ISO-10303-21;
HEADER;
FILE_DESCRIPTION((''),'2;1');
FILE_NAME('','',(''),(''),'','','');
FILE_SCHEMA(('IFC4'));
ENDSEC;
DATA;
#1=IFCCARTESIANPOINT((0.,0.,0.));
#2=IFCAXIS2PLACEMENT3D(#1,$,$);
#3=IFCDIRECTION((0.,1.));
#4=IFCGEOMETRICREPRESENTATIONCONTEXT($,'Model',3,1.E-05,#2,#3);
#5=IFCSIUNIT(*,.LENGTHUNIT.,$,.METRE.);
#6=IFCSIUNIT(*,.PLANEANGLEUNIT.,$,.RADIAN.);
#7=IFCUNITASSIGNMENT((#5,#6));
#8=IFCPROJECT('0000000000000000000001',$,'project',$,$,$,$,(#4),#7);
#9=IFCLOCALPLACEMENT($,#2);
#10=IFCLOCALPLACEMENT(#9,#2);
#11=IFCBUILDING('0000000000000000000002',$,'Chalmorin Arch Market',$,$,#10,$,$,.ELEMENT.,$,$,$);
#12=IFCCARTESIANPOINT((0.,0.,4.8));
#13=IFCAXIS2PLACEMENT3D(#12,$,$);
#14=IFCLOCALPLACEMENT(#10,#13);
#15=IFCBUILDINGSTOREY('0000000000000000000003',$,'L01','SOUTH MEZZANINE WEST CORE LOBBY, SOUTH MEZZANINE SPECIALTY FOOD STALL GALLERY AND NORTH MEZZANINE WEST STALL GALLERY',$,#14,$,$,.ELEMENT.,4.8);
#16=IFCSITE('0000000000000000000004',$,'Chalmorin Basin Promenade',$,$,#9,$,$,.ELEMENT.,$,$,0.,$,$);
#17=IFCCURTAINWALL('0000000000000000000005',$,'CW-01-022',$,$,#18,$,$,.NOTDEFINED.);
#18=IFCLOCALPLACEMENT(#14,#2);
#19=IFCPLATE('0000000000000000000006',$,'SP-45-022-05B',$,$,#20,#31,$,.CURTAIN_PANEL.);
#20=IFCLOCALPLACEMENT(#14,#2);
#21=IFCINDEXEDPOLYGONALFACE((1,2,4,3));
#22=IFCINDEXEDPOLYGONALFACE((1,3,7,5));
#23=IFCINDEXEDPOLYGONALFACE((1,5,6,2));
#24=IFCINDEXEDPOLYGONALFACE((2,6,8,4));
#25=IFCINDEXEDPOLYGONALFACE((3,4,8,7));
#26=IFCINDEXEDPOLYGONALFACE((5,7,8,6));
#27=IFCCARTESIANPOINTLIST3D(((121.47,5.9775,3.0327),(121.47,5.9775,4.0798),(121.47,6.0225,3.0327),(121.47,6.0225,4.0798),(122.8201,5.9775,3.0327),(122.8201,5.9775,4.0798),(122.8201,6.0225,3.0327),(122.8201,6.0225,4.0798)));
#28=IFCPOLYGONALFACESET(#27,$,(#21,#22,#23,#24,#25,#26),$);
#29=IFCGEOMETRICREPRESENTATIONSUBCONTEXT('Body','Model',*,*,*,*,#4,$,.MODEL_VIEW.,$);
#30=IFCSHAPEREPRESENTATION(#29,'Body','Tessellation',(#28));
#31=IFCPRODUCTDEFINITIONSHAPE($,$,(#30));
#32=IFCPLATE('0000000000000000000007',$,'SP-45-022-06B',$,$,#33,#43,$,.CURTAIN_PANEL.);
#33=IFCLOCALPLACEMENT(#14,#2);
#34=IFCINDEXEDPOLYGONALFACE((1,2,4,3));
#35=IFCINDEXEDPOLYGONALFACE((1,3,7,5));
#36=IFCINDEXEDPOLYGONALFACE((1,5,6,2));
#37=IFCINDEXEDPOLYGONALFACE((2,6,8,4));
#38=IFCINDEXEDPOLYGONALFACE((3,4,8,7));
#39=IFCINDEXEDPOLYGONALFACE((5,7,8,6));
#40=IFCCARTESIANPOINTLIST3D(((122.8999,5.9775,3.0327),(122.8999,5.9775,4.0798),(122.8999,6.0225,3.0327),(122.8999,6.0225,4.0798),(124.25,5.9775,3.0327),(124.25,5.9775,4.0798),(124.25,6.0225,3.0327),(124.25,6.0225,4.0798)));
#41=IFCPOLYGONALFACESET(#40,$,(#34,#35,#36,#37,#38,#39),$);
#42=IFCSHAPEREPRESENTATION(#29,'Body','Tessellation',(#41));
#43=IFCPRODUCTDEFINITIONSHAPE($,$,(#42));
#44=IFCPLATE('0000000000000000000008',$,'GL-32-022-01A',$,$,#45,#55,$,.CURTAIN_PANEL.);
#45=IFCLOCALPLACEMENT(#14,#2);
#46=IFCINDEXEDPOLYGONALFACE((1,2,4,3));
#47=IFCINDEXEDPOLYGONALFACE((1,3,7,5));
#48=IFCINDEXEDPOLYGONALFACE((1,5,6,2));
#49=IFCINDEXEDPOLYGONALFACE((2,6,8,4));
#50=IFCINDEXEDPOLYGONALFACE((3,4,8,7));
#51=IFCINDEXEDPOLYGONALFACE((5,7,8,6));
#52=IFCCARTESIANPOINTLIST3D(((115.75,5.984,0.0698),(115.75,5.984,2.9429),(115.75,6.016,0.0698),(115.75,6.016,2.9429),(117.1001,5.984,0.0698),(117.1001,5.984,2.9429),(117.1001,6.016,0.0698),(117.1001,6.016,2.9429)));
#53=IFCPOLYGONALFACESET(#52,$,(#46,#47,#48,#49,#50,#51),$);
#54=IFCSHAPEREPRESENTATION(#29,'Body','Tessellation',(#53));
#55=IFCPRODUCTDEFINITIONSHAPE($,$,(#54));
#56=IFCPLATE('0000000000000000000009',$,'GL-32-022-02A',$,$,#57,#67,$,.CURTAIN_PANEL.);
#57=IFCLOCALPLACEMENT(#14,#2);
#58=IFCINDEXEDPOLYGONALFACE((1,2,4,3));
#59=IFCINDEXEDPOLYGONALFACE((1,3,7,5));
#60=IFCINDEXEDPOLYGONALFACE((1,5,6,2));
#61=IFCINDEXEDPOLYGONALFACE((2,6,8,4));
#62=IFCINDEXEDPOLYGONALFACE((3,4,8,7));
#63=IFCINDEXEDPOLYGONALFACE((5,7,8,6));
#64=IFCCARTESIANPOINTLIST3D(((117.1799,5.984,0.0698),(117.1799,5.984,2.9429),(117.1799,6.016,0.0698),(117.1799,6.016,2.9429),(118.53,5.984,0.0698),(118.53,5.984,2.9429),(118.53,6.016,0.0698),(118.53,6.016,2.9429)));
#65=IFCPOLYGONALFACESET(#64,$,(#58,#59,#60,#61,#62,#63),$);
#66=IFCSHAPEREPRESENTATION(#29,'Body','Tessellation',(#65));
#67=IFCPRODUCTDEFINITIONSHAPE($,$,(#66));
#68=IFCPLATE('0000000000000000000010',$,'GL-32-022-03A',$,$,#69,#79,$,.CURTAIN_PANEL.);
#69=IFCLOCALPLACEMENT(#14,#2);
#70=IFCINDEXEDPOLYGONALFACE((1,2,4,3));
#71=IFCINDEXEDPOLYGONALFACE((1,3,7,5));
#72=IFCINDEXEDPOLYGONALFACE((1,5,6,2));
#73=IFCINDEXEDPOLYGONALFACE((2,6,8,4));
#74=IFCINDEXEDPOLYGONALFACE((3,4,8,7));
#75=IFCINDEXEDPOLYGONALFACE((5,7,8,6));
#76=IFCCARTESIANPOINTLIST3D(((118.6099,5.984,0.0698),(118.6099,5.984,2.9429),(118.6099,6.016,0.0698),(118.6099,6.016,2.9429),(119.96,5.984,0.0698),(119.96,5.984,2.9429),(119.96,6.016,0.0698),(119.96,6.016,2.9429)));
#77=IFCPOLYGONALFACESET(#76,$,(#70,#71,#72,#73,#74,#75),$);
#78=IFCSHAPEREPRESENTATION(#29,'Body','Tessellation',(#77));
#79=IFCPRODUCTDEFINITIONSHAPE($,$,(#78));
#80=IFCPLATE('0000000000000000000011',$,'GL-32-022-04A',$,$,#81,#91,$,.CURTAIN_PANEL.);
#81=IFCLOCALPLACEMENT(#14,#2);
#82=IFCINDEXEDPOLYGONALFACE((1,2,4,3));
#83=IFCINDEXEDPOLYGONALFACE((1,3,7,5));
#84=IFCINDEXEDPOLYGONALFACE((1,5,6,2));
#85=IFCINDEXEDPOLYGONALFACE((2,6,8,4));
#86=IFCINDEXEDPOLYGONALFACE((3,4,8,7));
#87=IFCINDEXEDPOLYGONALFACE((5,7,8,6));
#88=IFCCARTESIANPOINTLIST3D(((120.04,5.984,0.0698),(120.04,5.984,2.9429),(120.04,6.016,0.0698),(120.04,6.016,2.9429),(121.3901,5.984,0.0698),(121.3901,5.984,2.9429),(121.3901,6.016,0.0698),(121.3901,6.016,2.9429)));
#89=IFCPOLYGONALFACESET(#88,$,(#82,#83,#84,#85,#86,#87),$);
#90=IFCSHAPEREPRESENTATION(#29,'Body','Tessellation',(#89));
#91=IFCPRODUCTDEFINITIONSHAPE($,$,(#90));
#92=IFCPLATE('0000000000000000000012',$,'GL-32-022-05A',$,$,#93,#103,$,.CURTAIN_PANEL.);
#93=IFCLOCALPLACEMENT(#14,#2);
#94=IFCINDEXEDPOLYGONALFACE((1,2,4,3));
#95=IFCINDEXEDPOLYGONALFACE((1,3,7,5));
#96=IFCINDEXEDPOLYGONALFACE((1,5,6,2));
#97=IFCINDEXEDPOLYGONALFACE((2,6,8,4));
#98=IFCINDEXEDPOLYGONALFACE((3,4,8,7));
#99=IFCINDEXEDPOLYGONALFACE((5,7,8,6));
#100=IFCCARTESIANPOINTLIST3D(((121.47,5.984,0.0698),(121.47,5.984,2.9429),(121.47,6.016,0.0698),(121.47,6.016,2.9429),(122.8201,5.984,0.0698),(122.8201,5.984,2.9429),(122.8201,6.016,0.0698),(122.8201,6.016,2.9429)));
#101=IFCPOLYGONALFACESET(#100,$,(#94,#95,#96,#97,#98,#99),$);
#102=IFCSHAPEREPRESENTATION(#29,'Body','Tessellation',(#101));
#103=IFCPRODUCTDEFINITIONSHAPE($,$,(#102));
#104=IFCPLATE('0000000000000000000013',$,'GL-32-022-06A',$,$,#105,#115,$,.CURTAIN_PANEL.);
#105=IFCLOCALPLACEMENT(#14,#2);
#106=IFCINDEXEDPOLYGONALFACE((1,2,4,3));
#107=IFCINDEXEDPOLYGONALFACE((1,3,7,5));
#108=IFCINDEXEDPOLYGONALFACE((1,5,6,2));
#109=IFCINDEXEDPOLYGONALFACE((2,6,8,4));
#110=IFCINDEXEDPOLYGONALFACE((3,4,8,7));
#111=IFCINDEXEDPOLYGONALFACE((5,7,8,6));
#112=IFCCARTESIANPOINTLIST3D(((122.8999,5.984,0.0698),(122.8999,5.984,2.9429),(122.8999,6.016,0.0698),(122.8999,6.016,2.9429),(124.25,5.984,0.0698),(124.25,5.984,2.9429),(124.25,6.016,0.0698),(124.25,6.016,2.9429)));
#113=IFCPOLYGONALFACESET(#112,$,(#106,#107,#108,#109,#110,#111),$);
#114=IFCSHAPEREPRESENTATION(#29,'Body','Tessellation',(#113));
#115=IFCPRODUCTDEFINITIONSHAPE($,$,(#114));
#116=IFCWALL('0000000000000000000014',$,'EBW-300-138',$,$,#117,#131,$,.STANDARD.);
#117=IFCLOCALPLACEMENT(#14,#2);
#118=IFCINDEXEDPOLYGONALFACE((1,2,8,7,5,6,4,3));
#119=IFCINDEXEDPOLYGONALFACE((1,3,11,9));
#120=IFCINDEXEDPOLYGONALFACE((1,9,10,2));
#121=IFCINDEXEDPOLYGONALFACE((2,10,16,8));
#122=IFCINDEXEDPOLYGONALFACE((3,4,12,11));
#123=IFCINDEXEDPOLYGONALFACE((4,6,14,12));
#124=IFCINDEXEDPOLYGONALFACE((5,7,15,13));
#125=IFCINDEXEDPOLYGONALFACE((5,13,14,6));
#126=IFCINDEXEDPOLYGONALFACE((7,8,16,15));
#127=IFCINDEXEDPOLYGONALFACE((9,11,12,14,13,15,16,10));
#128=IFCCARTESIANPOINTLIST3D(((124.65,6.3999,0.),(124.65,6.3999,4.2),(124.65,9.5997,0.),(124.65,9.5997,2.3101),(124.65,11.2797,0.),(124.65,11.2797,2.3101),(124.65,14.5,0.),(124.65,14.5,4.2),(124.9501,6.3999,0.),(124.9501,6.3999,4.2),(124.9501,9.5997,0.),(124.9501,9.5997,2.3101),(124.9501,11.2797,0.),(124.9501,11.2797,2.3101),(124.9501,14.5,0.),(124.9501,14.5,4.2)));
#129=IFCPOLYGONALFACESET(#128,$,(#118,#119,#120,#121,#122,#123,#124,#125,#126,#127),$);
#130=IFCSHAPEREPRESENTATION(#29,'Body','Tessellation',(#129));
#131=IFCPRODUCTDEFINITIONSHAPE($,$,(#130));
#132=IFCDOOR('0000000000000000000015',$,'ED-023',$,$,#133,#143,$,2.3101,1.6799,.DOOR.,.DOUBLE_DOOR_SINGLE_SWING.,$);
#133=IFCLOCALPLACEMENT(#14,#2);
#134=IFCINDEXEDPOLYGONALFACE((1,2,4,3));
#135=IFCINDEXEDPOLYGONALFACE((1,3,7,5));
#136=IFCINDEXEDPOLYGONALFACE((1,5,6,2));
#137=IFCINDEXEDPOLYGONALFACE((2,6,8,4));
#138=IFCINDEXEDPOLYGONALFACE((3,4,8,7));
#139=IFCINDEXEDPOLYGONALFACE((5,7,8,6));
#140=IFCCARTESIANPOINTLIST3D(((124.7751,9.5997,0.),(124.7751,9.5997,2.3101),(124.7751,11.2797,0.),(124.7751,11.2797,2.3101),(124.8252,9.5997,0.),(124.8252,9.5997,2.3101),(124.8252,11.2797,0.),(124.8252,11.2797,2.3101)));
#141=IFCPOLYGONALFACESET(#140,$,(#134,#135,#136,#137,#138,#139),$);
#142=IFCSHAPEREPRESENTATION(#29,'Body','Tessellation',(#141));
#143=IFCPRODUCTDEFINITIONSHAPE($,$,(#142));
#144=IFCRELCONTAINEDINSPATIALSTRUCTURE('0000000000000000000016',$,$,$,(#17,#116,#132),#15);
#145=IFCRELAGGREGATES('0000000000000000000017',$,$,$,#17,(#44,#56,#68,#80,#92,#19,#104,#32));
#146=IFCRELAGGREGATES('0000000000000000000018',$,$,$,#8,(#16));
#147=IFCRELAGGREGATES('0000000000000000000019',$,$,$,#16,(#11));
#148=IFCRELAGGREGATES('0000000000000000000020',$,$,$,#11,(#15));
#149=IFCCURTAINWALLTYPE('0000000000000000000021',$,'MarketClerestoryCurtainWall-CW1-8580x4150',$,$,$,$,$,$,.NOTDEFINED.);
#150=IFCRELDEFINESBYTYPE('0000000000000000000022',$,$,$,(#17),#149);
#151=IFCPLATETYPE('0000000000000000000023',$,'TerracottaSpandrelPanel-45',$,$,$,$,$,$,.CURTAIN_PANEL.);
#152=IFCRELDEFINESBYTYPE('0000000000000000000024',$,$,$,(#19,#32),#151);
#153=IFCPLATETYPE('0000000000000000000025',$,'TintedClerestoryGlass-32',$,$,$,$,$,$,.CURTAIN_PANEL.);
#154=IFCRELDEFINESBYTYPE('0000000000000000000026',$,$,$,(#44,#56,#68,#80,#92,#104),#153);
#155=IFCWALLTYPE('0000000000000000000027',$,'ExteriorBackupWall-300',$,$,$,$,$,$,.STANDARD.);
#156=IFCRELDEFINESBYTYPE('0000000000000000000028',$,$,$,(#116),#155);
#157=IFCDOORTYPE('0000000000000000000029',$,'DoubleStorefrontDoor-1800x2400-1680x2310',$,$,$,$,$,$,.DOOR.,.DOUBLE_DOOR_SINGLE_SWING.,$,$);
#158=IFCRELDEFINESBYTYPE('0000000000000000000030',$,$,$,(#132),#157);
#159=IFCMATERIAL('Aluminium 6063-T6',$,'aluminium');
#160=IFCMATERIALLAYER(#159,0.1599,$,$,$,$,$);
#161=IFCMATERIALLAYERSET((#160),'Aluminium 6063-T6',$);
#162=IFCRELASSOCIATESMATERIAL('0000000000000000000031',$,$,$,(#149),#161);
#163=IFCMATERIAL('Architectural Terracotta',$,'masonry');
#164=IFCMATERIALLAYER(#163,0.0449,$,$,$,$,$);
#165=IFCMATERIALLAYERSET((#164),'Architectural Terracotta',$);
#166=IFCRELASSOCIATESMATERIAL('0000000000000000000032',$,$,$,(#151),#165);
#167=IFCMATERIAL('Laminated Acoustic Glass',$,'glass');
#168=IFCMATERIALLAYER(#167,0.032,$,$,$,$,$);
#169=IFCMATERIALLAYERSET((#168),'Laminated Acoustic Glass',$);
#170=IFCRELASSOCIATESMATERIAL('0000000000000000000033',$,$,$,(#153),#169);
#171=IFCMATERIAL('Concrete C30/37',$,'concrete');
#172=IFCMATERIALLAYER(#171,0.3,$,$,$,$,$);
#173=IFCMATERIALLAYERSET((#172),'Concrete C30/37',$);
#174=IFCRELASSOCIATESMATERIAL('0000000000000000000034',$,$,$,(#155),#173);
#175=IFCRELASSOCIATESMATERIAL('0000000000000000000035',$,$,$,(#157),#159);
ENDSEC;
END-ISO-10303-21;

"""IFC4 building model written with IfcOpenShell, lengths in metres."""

from ifc_helpers import new_model, si_unit, direction, frame, frame_2d, origin, origin_2d, place, context, subcontext, project, spatial, rectangle, extrude, material, layer, layer_set, type_object, element, fill, aggregate, save


model = new_model("IFC4")

# Units and contexts
model_context = context("Model", 3, precision=1e-05, world=origin(), true_north=direction((0.0, 1.0)))
body_context = subcontext(model_context, "Body", "Model", "MODEL_VIEW")
ifc_project = project(units=[si_unit("LENGTHUNIT", "METRE"), si_unit("PLANEANGLEUNIT", "RADIAN")], contexts=[model_context])

# Site, building, storey
site_placement = place(None, origin())
site = spatial("IfcSite", under=ifc_project, at=site_placement, Name="Chalmorin Basin Promenade", CompositionType="ELEMENT", RefElevation=0.0)
building_placement = place(site_placement, origin())
building = spatial("IfcBuilding", under=site, at=building_placement, Name="Chalmorin Arch Market", CompositionType="ELEMENT")
storey_placement = place(building_placement, frame((0.0, 0.0, 4.8)))
storey = spatial("IfcBuildingStorey", under=building, at=storey_placement, Name="L01", Description="SOUTH MEZZANINE WEST CORE LOBBY, SOUTH MEZZANINE SPECIALTY FOOD STALL GALLERY AND NORTH MEZZANINE WEST STALL GALLERY", CompositionType="ELEMENT", Elevation=4.8)

# Curtain wall
ifc_material_1 = material(Name="Aluminium 6063-T6", Category="aluminium")
ifc_layer_1 = layer(ifc_material_1, 0.1599)
ifc_layer_set_1 = layer_set([ifc_layer_1], Name="Aluminium 6063-T6")
curtain_wall_type = type_object("IfcCurtainWallType", Name="MarketClerestoryCurtainWall-CW1-8580x4150", PredefinedType="NOTDEFINED", material=ifc_layer_set_1)
curtain_wall_placement = place(storey_placement, origin())
curtain_wall = element("IfcCurtainWall", 1, at=curtain_wall_placement, inside=storey, type_object=curtain_wall_type, Name="CW-01-022", PredefinedType="NOTDEFINED")

# Plates
ifc_material_2 = material(Name="Architectural Terracotta", Category="masonry")
ifc_layer_2 = layer(ifc_material_2, 0.0449)
ifc_layer_set_2 = layer_set([ifc_layer_2], Name="Architectural Terracotta")
plate_type_1 = type_object("IfcPlateType", Name="TerracottaSpandrelPanel-45", PredefinedType="CURTAIN_PANEL", material=ifc_layer_set_2)
plate_1_placement = place(storey_placement, frame((122.145, 6.0, 3.0327), z_axis=(0.0, 0.0, 1.0), x_axis=(1.0, 0.0, 0.0)))
plate_1 = element("IfcPlate", 2, at=plate_1_placement, type_object=plate_type_1, Name="SP-45-022-05B", PredefinedType="CURTAIN_PANEL", context=body_context, shape_type="SweptSolid", body=[
    extrude(rectangle(XDim=1.3501, YDim=0.0449, at=origin_2d()), origin(), (0.0, 0.0, 1.0), 1.0471),
])
plate_2_placement = place(storey_placement, frame((123.575, 6.0, 3.0327), z_axis=(0.0, 0.0, 1.0), x_axis=(1.0, 0.0, 0.0)))
plate_2 = element("IfcPlate", 3, at=plate_2_placement, type_object=plate_type_1, Name="SP-45-022-06B", PredefinedType="CURTAIN_PANEL", context=body_context, shape_type="SweptSolid", body=[
    extrude(rectangle(XDim=1.3501, YDim=0.0449, at=origin_2d()), origin(), (0.0, 0.0, 1.0), 1.0471),
])
ifc_material_3 = material(Name="Laminated Acoustic Glass", Category="glass")
ifc_layer_3 = layer(ifc_material_3, 0.032)
ifc_layer_set_3 = layer_set([ifc_layer_3], Name="Laminated Acoustic Glass")
plate_type_2 = type_object("IfcPlateType", Name="TintedClerestoryGlass-32", PredefinedType="CURTAIN_PANEL", material=ifc_layer_set_3)
plate_3_placement = place(storey_placement, frame((116.425, 6.0, 0.0698), z_axis=(0.0, 0.0, 1.0), x_axis=(1.0, 0.0, 0.0)))
plate_3 = element("IfcPlate", 4, at=plate_3_placement, type_object=plate_type_2, Name="GL-32-022-01A", PredefinedType="CURTAIN_PANEL", context=body_context, shape_type="SweptSolid", body=[
    extrude(rectangle(XDim=1.3501, YDim=0.032, at=origin_2d()), origin(), (0.0, 0.0, 1.0), 2.873),
])
plate_4_placement = place(storey_placement, frame((117.855, 6.0, 0.0698), z_axis=(0.0, 0.0, 1.0), x_axis=(1.0, 0.0, 0.0)))
plate_4 = element("IfcPlate", 5, at=plate_4_placement, type_object=plate_type_2, Name="GL-32-022-02A", PredefinedType="CURTAIN_PANEL", context=body_context, shape_type="SweptSolid", body=[
    extrude(rectangle(XDim=1.3501, YDim=0.032, at=origin_2d()), origin(), (0.0, 0.0, 1.0), 2.873),
])
plate_5_placement = place(storey_placement, frame((119.2849, 6.0, 0.0698), z_axis=(0.0, 0.0, 1.0), x_axis=(1.0, 0.0, 0.0)))
plate_5 = element("IfcPlate", 6, at=plate_5_placement, type_object=plate_type_2, Name="GL-32-022-03A", PredefinedType="CURTAIN_PANEL", context=body_context, shape_type="SweptSolid", body=[
    extrude(rectangle(XDim=1.3501, YDim=0.032, at=origin_2d()), origin(), (0.0, 0.0, 1.0), 2.873),
])
plate_6_placement = place(storey_placement, frame((120.7151, 6.0, 0.0698), z_axis=(0.0, 0.0, 1.0), x_axis=(1.0, 0.0, 0.0)))
plate_6 = element("IfcPlate", 7, at=plate_6_placement, type_object=plate_type_2, Name="GL-32-022-04A", PredefinedType="CURTAIN_PANEL", context=body_context, shape_type="SweptSolid", body=[
    extrude(rectangle(XDim=1.3501, YDim=0.032, at=origin_2d()), origin(), (0.0, 0.0, 1.0), 2.873),
])
plate_7_placement = place(storey_placement, frame((122.145, 6.0, 0.0698), z_axis=(0.0, 0.0, 1.0), x_axis=(1.0, 0.0, 0.0)))
plate_7 = element("IfcPlate", 8, at=plate_7_placement, type_object=plate_type_2, Name="GL-32-022-05A", PredefinedType="CURTAIN_PANEL", context=body_context, shape_type="SweptSolid", body=[
    extrude(rectangle(XDim=1.3501, YDim=0.032, at=origin_2d()), origin(), (0.0, 0.0, 1.0), 2.873),
])
plate_8_placement = place(storey_placement, frame((123.575, 6.0, 0.0698), z_axis=(0.0, 0.0, 1.0), x_axis=(1.0, 0.0, 0.0)))
plate_8 = element("IfcPlate", 9, at=plate_8_placement, type_object=plate_type_2, Name="GL-32-022-06A", PredefinedType="CURTAIN_PANEL", context=body_context, shape_type="SweptSolid", body=[
    extrude(rectangle(XDim=1.3501, YDim=0.032, at=origin_2d()), origin(), (0.0, 0.0, 1.0), 2.873),
])
aggregate(curtain_wall, [plate_3, plate_4, plate_5, plate_6, plate_7, plate_1, plate_8, plate_2])

# Wall, opening, door
ifc_material_4 = material(Name="Concrete C30/37", Category="concrete")
ifc_layer_4 = layer(ifc_material_4, 0.3)
ifc_layer_set_4 = layer_set([ifc_layer_4], Name="Concrete C30/37")
wall_type = type_object("IfcWallType", Name="ExteriorBackupWall-300", PredefinedType="STANDARD", material=ifc_layer_set_4)
wall_placement = place(storey_placement, frame((124.8, 6.3999, 0.0), z_axis=(0.0, 0.0, 1.0), x_axis=(0.0, 1.0, 0.0)))
wall = element("IfcWall", 10, at=wall_placement, inside=storey, type_object=wall_type, Name="EBW-300-138", PredefinedType="STANDARD", context=body_context, shape_type="SweptSolid", body=[
    extrude(rectangle(XDim=8.1001, YDim=0.3, at=frame_2d((4.05, 0.0))), origin(), (0.0, 0.0, 1.0), 4.2),
])
opening_placement = place(wall_placement, frame((3.2, 0.0, 0.0)))
opening = element("IfcOpeningElement", 11, at=opening_placement, cuts=wall, PredefinedType="OPENING", context=body_context, shape_type="SweptSolid", body=[
    extrude(rectangle(XDim=1.6799, YDim=2.3101, at=frame_2d((0.8398, 1.155))), frame((0.0, 0.1599, 0.0), z_axis=(0.0, -1.0, 0.0), x_axis=(1.0, 0.0, 0.0)), (0.0, 0.0, 1.0), 0.3201),
])
door_type = type_object("IfcDoorType", Name="DoubleStorefrontDoor-1800x2400-1680x2310", OperationType="DOUBLE_DOOR_SINGLE_SWING", PredefinedType="DOOR", material=ifc_material_1)
door_placement = place(opening_placement, origin())
door = element("IfcDoor", 12, at=door_placement, inside=storey, type_object=door_type, Name="ED-023", OperationType="DOUBLE_DOOR_SINGLE_SWING", OverallHeight=2.3101, OverallWidth=1.6799, PredefinedType="DOOR", context=body_context, shape_type="SweptSolid", body=[
    extrude(rectangle(XDim=1.6799, YDim=2.3101, at=frame_2d((0.8398, 1.155))), frame((0.0, 0.0249, 0.0), z_axis=(0.0, -1.0, 0.0), x_axis=(1.0, 0.0, 0.0)), (0.0, 0.0, 1.0), 0.05),
])
fill(opening, door)

save(model, "model.ifc")
